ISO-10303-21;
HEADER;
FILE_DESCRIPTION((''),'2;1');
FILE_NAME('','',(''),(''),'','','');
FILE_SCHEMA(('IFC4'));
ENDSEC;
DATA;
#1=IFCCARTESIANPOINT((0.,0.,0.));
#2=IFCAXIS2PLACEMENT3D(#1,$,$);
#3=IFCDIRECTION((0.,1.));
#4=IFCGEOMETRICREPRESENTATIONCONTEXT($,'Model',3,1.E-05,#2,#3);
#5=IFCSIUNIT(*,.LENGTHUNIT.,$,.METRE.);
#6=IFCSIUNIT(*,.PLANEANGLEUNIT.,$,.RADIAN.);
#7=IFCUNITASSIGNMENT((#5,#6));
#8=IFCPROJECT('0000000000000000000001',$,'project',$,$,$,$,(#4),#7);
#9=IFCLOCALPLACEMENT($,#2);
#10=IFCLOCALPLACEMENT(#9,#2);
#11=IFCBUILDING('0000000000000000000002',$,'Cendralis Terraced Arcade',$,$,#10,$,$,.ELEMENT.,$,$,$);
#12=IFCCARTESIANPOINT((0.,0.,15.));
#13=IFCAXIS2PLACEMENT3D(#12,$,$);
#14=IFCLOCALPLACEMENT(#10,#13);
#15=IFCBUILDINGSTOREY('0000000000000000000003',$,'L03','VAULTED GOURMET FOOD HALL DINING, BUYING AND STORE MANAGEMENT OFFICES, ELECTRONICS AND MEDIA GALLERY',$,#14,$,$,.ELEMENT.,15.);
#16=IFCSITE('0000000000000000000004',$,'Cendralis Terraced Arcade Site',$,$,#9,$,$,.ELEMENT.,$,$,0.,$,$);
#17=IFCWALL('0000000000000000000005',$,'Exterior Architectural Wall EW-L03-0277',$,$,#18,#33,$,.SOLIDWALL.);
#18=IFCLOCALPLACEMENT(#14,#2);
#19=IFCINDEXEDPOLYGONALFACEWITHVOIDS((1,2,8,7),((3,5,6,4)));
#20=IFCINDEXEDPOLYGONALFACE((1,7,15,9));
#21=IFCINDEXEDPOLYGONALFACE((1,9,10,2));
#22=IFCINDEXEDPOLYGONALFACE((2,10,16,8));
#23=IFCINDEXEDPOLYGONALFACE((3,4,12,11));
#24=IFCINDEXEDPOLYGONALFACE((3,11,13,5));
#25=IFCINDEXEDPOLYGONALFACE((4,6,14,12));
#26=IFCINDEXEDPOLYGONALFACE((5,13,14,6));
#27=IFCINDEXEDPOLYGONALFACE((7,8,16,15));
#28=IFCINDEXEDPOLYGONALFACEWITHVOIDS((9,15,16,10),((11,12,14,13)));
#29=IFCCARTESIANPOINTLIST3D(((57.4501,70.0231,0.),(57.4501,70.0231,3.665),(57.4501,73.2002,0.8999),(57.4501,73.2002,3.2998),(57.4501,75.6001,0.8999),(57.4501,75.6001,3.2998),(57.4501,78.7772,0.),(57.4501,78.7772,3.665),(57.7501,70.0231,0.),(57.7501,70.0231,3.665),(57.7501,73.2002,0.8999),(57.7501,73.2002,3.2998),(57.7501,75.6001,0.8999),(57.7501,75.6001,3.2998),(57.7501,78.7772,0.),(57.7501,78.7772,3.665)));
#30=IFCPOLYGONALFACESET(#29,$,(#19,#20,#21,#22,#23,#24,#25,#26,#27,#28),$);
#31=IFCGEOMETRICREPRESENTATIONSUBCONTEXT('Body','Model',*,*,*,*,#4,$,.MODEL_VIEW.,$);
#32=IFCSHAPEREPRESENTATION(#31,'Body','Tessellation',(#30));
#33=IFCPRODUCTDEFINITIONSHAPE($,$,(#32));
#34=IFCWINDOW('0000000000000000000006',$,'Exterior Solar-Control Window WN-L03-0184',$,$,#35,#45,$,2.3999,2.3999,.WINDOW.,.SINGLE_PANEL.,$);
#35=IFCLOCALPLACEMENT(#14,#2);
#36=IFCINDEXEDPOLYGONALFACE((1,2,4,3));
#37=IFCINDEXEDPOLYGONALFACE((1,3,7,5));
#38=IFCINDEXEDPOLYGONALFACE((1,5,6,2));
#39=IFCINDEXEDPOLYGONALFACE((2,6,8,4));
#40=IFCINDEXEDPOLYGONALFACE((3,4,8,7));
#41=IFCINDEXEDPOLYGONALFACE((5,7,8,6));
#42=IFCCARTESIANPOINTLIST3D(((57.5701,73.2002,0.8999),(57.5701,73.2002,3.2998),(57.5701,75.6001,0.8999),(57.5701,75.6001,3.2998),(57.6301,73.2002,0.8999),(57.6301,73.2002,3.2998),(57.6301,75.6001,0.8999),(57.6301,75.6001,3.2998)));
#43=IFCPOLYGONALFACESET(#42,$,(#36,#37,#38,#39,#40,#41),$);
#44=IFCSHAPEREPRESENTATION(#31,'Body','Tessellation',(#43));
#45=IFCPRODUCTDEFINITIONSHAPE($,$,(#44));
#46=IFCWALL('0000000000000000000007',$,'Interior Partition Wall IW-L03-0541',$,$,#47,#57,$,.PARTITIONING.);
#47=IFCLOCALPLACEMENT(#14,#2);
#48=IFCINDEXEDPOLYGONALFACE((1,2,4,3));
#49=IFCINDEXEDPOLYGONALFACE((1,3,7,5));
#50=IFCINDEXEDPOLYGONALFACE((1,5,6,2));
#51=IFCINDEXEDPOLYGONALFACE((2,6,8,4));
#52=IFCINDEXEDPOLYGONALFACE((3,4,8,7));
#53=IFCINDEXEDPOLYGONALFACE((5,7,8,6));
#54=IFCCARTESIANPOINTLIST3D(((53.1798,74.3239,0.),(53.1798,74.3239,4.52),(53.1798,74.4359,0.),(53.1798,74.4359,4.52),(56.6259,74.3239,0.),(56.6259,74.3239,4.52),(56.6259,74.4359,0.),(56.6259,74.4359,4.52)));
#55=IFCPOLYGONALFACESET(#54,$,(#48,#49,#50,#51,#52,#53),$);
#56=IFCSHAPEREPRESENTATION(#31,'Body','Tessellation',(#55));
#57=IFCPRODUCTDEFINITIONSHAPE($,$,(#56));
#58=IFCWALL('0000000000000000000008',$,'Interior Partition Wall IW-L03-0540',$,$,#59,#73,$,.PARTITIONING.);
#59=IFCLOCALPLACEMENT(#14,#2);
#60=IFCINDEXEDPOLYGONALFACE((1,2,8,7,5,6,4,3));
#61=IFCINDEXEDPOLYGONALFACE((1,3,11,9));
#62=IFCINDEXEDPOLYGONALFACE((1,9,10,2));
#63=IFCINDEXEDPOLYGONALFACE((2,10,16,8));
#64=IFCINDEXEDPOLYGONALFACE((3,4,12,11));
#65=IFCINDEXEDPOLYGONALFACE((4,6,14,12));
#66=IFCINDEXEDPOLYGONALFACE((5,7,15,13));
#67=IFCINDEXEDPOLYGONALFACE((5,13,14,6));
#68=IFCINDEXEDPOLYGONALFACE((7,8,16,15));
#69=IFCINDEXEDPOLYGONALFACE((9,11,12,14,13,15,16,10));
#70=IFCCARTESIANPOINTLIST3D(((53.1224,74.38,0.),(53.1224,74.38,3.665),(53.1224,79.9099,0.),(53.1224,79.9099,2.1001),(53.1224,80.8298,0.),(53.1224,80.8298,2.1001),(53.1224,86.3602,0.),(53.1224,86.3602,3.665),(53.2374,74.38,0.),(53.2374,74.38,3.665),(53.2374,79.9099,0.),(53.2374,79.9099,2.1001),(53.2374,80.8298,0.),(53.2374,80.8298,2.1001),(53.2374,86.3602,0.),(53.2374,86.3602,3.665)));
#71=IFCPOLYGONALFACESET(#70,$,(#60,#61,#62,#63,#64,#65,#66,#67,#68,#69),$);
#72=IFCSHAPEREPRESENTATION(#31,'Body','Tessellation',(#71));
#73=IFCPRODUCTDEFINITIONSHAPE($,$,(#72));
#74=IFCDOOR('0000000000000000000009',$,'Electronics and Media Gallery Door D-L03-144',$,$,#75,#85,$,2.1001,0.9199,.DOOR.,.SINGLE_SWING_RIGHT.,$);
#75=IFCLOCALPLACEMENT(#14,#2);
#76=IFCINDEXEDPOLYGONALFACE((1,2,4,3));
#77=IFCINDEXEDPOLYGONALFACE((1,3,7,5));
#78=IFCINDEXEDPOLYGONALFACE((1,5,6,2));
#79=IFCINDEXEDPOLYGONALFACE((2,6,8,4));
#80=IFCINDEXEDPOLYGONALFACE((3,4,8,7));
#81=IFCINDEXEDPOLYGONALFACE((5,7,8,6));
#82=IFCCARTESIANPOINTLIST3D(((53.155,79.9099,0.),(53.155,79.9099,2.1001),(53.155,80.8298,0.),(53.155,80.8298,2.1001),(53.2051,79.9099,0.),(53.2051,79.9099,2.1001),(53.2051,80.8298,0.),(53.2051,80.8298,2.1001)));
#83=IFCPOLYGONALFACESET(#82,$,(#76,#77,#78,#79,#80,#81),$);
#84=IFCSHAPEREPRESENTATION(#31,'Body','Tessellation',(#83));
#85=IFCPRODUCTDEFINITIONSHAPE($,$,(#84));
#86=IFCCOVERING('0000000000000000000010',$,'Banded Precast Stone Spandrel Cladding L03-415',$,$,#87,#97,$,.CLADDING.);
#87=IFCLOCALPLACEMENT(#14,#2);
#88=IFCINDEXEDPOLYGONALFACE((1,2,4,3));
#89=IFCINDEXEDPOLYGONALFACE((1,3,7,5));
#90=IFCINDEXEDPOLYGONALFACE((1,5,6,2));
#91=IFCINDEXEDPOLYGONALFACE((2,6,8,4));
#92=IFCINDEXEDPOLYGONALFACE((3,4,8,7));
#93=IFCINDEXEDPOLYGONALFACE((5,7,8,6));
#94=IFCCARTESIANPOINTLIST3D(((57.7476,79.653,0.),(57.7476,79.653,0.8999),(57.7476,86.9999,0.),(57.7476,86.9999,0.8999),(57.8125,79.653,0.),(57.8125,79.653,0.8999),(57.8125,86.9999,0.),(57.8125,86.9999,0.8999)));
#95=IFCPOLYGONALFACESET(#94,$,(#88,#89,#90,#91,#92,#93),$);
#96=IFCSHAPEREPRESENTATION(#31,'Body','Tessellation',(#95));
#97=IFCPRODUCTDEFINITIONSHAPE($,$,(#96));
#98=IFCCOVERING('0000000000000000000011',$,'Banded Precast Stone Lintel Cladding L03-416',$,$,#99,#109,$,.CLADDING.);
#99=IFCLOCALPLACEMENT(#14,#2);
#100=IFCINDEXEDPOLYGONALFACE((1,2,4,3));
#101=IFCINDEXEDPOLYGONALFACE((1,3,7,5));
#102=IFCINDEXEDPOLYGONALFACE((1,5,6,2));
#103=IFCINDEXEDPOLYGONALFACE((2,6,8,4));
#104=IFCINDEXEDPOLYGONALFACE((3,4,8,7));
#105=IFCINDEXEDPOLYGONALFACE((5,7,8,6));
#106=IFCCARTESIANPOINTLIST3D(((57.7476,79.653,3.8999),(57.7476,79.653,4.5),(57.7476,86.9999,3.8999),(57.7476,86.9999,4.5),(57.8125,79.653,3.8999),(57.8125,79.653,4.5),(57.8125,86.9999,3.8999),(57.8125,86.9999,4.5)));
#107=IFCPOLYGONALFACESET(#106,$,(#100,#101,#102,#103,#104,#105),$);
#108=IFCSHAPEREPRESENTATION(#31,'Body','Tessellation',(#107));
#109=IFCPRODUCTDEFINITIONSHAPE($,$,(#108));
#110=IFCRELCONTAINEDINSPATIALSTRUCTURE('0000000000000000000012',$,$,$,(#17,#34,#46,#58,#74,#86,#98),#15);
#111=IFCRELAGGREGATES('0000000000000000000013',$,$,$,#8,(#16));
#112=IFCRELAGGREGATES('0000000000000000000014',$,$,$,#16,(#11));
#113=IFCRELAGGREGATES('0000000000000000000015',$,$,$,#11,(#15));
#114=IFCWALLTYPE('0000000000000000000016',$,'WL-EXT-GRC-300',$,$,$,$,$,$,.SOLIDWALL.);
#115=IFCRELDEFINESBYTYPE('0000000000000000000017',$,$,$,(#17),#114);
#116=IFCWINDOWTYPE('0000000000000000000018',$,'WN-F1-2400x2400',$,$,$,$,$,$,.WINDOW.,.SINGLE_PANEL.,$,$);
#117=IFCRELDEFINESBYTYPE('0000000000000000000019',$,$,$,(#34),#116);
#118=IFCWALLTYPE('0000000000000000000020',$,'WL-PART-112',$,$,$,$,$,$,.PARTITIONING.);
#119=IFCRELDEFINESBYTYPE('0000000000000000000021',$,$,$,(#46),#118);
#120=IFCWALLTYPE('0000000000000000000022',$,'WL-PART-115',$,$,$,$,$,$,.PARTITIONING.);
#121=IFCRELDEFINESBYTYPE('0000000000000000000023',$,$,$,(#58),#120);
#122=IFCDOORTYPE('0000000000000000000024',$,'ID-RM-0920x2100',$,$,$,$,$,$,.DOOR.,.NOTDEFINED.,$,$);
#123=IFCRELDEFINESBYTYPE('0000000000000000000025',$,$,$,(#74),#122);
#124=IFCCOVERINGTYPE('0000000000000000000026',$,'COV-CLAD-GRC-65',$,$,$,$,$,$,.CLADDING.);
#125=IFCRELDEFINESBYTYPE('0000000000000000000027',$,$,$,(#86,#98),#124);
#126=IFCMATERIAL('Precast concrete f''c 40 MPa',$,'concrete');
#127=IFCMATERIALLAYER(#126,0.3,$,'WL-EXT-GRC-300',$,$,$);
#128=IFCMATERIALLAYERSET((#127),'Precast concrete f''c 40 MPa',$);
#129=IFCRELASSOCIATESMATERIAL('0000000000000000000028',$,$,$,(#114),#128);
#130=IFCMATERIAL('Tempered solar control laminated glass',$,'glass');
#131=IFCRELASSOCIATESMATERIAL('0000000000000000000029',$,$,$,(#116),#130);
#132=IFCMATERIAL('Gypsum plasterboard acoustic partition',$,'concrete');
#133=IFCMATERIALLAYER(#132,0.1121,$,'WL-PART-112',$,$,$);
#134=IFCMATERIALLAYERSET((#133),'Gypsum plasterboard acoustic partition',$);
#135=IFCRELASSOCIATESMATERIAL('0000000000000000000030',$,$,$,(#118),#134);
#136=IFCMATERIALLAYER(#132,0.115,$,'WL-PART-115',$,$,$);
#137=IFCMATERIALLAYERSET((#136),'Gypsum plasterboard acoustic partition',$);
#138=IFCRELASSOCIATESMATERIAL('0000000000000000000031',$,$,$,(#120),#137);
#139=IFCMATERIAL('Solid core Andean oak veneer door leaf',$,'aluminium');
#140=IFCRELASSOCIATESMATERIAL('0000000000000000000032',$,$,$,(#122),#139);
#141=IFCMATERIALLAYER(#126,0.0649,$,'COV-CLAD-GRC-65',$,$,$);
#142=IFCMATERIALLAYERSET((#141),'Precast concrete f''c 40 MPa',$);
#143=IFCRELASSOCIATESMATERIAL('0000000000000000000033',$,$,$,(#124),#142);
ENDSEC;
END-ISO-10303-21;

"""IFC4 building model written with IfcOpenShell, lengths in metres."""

from ifc_helpers import new_model, si_unit, direction, frame, frame_2d, origin, origin_2d, place, context, subcontext, project, spatial, rectangle, extrude, material, layer, layer_set, type_object, element, fill, save


model = new_model("IFC4")

# Units and contexts
model_context = context("Model", 3, precision=1e-05, world=origin(), true_north=direction((0.0, 1.0)))
body_context = subcontext(model_context, "Body", "Model", "MODEL_VIEW")
ifc_project = project(units=[si_unit("LENGTHUNIT", "METRE"), si_unit("PLANEANGLEUNIT", "RADIAN")], contexts=[model_context])

# Site, building, storey
site_placement = place(None, origin())
site = spatial("IfcSite", under=ifc_project, at=site_placement, Name="Cendralis Terraced Arcade Site", CompositionType="ELEMENT", RefElevation=0.0)
building_placement = place(site_placement, origin())
building = spatial("IfcBuilding", under=site, at=building_placement, Name="Cendralis Terraced Arcade", CompositionType="ELEMENT")
storey_placement = place(building_placement, frame((0.0, 0.0, 15.0)))
storey = spatial("IfcBuildingStorey", under=building, at=storey_placement, Name="L03", Description="VAULTED GOURMET FOOD HALL DINING, BUYING AND STORE MANAGEMENT OFFICES, ELECTRONICS AND MEDIA GALLERY", CompositionType="ELEMENT", Elevation=15.0)

# Shared definitions
ifc_material_1 = material(Name="Tempered solar control laminated glass", Category="glass")

# Shared definitions
ifc_material_2 = material(Name="Gypsum plasterboard acoustic partition", Category="concrete")

# Shared definitions
ifc_material_3 = material(Name="Solid core Andean oak veneer door leaf", Category="aluminium")

# Wall, opening, window
ifc_material_4 = material(Name="Precast concrete f'c 40 MPa", Category="concrete")
ifc_layer_1 = layer(ifc_material_4, 0.3, Name="WL-EXT-GRC-300")
ifc_layer_set_1 = layer_set([ifc_layer_1], Name="Precast concrete f'c 40 MPa")
wall_type_1 = type_object("IfcWallType", Name="WL-EXT-GRC-300", PredefinedType="SOLIDWALL", material=ifc_layer_set_1)
wall_1_placement = place(storey_placement, frame((57.6001, 78.7771, 0.0), z_axis=(0.0, 0.0, 1.0), x_axis=(0.0, -1.0, 0.0)))
wall_1 = element("IfcWall", 1, at=wall_1_placement, inside=storey, type_object=wall_type_1, Name="Exterior Architectural Wall EW-L03-0277", PredefinedType="SOLIDWALL", context=body_context, shape_type="SweptSolid", body=[
    extrude(rectangle(XDim=8.7542, YDim=0.3, at=frame_2d((4.377, 0.0))), origin(), (0.0, 0.0, 1.0), 3.665),
])
opening_1_placement = place(wall_1_placement, frame((3.177, 0.0, 0.8999)))
opening_1 = element("IfcOpeningElement", 2, at=opening_1_placement, cuts=wall_1, PredefinedType="OPENING", context=body_context, shape_type="SweptSolid", body=[
    extrude(rectangle(XDim=2.3999, YDim=2.3999, at=frame_2d((1.2, 1.2))), frame((0.0, 0.1621, 0.0), z_axis=(0.0, -1.0, 0.0), x_axis=(1.0, 0.0, 0.0)), (0.0, 0.0, 1.0), 0.324),
])
window_type_1 = type_object("IfcWindowType", Name="WN-F1-2400x2400", PartitioningType="SINGLE_PANEL", PredefinedType="WINDOW", material=ifc_material_1)
window_1_placement = place(opening_1_placement, origin())
window_1 = element("IfcWindow", 3, at=window_1_placement, inside=storey, type_object=window_type_1, Name="Exterior Solar-Control Window WN-L03-0184", OverallHeight=2.3999, OverallWidth=2.3999, PartitioningType="SINGLE_PANEL", PredefinedType="WINDOW", context=body_context, shape_type="SweptSolid", body=[
    extrude(rectangle(XDim=2.3999, YDim=2.3999, at=frame_2d((1.2, 1.2))), frame((0.0, 0.03, 0.0), z_axis=(0.0, -1.0, 0.0), x_axis=(1.0, 0.0, 0.0)), (0.0, 0.0, 1.0), 0.0601),
])
fill(opening_1, window_1)

# Wall
ifc_layer_2 = layer(ifc_material_2, 0.1121, Name="WL-PART-112")
ifc_layer_set_2 = layer_set([ifc_layer_2], Name="Gypsum plasterboard acoustic partition")
wall_type_2 = type_object("IfcWallType", Name="WL-PART-112", PredefinedType="PARTITIONING", material=ifc_layer_set_2)
wall_2_placement = place(storey_placement, frame((56.626, 74.3799, 0.0), z_axis=(0.0, 0.0, 1.0), x_axis=(-1.0, 0.0, 0.0)))
element("IfcWall", 4, at=wall_2_placement, inside=storey, type_object=wall_type_2, Name="Interior Partition Wall IW-L03-0541", PredefinedType="PARTITIONING", context=body_context, shape_type="SweptSolid", body=[
    extrude(rectangle(XDim=3.446, YDim=0.1121, at=frame_2d((1.7231, 0.0))), origin(), (0.0, 0.0, 1.0), 4.52),
])

# Wall, opening, door
ifc_layer_3 = layer(ifc_material_2, 0.115, Name="WL-PART-115")
ifc_layer_set_3 = layer_set([ifc_layer_3], Name="Gypsum plasterboard acoustic partition")
wall_type_3 = type_object("IfcWallType", Name="WL-PART-115", PredefinedType="PARTITIONING", material=ifc_layer_set_3)
wall_3_placement = place(storey_placement, frame((53.1799, 74.3799, 0.0), z_axis=(0.0, 0.0, 1.0), x_axis=(0.0, 1.0, 0.0)))
wall_3 = element("IfcWall", 5, at=wall_3_placement, inside=storey, type_object=wall_type_3, Name="Interior Partition Wall IW-L03-0540", PredefinedType="PARTITIONING", context=body_context, shape_type="SweptSolid", body=[
    extrude(rectangle(XDim=11.9802, YDim=0.115, at=frame_2d((5.9902, 0.0))), origin(), (0.0, 0.0, 1.0), 3.665),
])
opening_2_placement = place(wall_3_placement, frame((5.53, 0.0, 0.0)))
opening_2 = element("IfcOpeningElement", 6, at=opening_2_placement, cuts=wall_3, PredefinedType="OPENING", context=body_context, shape_type="SweptSolid", body=[
    extrude(rectangle(XDim=0.9199, YDim=2.1001, at=frame_2d((0.46, 1.05))), frame((0.0, 0.0693, 0.0), z_axis=(0.0, -1.0, 0.0), x_axis=(1.0, 0.0, 0.0)), (0.0, 0.0, 1.0), 0.1389),
])
door_type_1 = type_object("IfcDoorType", Name="ID-RM-0920x2100", OperationType="NOTDEFINED", PredefinedType="DOOR", material=ifc_material_3)
door_1_placement = place(opening_2_placement, origin())
door_1 = element("IfcDoor", 7, at=door_1_placement, inside=storey, type_object=door_type_1, Name="Electronics and Media Gallery Door D-L03-144", OperationType="SINGLE_SWING_RIGHT", OverallHeight=2.1001, OverallWidth=0.9199, PredefinedType="DOOR", context=body_context, shape_type="SweptSolid", body=[
    extrude(rectangle(XDim=0.9199, YDim=2.1001, at=frame_2d((0.46, 1.05))), frame((0.0, 0.0249, 0.0), z_axis=(0.0, -1.0, 0.0), x_axis=(1.0, 0.0, 0.0)), (0.0, 0.0, 1.0), 0.05),
])
fill(opening_2, door_1)

# Coverings
ifc_layer_4 = layer(ifc_material_4, 0.0649, Name="COV-CLAD-GRC-65")
ifc_layer_set_4 = layer_set([ifc_layer_4], Name="Precast concrete f'c 40 MPa")
covering_type = type_object("IfcCoveringType", Name="COV-CLAD-GRC-65", PredefinedType="CLADDING", material=ifc_layer_set_4)
covering_1_placement = place(storey_placement, frame((57.78, 83.3264, 0.0), z_axis=(0.0, 0.0, 1.0), x_axis=(0.0, -1.0, 0.0)))
element("IfcCovering", 8, at=covering_1_placement, inside=storey, type_object=covering_type, Name="Banded Precast Stone Spandrel Cladding L03-415", PredefinedType="CLADDING", context=body_context, shape_type="SweptSolid", body=[
    extrude(rectangle(XDim=7.3469, YDim=0.0649, at=origin_2d()), origin(), (0.0, 0.0, 1.0), 0.8999),
])
covering_2_placement = place(storey_placement, frame((57.78, 83.3264, 3.8999), z_axis=(0.0, 0.0, 1.0), x_axis=(0.0, -1.0, 0.0)))
element("IfcCovering", 9, at=covering_2_placement, inside=storey, type_object=covering_type, Name="Banded Precast Stone Lintel Cladding L03-416", PredefinedType="CLADDING", context=body_context, shape_type="SweptSolid", body=[
    extrude(rectangle(XDim=7.3469, YDim=0.0649, at=origin_2d()), origin(), (0.0, 0.0, 1.0), 0.6001),
])

save(model, "model.ifc")
